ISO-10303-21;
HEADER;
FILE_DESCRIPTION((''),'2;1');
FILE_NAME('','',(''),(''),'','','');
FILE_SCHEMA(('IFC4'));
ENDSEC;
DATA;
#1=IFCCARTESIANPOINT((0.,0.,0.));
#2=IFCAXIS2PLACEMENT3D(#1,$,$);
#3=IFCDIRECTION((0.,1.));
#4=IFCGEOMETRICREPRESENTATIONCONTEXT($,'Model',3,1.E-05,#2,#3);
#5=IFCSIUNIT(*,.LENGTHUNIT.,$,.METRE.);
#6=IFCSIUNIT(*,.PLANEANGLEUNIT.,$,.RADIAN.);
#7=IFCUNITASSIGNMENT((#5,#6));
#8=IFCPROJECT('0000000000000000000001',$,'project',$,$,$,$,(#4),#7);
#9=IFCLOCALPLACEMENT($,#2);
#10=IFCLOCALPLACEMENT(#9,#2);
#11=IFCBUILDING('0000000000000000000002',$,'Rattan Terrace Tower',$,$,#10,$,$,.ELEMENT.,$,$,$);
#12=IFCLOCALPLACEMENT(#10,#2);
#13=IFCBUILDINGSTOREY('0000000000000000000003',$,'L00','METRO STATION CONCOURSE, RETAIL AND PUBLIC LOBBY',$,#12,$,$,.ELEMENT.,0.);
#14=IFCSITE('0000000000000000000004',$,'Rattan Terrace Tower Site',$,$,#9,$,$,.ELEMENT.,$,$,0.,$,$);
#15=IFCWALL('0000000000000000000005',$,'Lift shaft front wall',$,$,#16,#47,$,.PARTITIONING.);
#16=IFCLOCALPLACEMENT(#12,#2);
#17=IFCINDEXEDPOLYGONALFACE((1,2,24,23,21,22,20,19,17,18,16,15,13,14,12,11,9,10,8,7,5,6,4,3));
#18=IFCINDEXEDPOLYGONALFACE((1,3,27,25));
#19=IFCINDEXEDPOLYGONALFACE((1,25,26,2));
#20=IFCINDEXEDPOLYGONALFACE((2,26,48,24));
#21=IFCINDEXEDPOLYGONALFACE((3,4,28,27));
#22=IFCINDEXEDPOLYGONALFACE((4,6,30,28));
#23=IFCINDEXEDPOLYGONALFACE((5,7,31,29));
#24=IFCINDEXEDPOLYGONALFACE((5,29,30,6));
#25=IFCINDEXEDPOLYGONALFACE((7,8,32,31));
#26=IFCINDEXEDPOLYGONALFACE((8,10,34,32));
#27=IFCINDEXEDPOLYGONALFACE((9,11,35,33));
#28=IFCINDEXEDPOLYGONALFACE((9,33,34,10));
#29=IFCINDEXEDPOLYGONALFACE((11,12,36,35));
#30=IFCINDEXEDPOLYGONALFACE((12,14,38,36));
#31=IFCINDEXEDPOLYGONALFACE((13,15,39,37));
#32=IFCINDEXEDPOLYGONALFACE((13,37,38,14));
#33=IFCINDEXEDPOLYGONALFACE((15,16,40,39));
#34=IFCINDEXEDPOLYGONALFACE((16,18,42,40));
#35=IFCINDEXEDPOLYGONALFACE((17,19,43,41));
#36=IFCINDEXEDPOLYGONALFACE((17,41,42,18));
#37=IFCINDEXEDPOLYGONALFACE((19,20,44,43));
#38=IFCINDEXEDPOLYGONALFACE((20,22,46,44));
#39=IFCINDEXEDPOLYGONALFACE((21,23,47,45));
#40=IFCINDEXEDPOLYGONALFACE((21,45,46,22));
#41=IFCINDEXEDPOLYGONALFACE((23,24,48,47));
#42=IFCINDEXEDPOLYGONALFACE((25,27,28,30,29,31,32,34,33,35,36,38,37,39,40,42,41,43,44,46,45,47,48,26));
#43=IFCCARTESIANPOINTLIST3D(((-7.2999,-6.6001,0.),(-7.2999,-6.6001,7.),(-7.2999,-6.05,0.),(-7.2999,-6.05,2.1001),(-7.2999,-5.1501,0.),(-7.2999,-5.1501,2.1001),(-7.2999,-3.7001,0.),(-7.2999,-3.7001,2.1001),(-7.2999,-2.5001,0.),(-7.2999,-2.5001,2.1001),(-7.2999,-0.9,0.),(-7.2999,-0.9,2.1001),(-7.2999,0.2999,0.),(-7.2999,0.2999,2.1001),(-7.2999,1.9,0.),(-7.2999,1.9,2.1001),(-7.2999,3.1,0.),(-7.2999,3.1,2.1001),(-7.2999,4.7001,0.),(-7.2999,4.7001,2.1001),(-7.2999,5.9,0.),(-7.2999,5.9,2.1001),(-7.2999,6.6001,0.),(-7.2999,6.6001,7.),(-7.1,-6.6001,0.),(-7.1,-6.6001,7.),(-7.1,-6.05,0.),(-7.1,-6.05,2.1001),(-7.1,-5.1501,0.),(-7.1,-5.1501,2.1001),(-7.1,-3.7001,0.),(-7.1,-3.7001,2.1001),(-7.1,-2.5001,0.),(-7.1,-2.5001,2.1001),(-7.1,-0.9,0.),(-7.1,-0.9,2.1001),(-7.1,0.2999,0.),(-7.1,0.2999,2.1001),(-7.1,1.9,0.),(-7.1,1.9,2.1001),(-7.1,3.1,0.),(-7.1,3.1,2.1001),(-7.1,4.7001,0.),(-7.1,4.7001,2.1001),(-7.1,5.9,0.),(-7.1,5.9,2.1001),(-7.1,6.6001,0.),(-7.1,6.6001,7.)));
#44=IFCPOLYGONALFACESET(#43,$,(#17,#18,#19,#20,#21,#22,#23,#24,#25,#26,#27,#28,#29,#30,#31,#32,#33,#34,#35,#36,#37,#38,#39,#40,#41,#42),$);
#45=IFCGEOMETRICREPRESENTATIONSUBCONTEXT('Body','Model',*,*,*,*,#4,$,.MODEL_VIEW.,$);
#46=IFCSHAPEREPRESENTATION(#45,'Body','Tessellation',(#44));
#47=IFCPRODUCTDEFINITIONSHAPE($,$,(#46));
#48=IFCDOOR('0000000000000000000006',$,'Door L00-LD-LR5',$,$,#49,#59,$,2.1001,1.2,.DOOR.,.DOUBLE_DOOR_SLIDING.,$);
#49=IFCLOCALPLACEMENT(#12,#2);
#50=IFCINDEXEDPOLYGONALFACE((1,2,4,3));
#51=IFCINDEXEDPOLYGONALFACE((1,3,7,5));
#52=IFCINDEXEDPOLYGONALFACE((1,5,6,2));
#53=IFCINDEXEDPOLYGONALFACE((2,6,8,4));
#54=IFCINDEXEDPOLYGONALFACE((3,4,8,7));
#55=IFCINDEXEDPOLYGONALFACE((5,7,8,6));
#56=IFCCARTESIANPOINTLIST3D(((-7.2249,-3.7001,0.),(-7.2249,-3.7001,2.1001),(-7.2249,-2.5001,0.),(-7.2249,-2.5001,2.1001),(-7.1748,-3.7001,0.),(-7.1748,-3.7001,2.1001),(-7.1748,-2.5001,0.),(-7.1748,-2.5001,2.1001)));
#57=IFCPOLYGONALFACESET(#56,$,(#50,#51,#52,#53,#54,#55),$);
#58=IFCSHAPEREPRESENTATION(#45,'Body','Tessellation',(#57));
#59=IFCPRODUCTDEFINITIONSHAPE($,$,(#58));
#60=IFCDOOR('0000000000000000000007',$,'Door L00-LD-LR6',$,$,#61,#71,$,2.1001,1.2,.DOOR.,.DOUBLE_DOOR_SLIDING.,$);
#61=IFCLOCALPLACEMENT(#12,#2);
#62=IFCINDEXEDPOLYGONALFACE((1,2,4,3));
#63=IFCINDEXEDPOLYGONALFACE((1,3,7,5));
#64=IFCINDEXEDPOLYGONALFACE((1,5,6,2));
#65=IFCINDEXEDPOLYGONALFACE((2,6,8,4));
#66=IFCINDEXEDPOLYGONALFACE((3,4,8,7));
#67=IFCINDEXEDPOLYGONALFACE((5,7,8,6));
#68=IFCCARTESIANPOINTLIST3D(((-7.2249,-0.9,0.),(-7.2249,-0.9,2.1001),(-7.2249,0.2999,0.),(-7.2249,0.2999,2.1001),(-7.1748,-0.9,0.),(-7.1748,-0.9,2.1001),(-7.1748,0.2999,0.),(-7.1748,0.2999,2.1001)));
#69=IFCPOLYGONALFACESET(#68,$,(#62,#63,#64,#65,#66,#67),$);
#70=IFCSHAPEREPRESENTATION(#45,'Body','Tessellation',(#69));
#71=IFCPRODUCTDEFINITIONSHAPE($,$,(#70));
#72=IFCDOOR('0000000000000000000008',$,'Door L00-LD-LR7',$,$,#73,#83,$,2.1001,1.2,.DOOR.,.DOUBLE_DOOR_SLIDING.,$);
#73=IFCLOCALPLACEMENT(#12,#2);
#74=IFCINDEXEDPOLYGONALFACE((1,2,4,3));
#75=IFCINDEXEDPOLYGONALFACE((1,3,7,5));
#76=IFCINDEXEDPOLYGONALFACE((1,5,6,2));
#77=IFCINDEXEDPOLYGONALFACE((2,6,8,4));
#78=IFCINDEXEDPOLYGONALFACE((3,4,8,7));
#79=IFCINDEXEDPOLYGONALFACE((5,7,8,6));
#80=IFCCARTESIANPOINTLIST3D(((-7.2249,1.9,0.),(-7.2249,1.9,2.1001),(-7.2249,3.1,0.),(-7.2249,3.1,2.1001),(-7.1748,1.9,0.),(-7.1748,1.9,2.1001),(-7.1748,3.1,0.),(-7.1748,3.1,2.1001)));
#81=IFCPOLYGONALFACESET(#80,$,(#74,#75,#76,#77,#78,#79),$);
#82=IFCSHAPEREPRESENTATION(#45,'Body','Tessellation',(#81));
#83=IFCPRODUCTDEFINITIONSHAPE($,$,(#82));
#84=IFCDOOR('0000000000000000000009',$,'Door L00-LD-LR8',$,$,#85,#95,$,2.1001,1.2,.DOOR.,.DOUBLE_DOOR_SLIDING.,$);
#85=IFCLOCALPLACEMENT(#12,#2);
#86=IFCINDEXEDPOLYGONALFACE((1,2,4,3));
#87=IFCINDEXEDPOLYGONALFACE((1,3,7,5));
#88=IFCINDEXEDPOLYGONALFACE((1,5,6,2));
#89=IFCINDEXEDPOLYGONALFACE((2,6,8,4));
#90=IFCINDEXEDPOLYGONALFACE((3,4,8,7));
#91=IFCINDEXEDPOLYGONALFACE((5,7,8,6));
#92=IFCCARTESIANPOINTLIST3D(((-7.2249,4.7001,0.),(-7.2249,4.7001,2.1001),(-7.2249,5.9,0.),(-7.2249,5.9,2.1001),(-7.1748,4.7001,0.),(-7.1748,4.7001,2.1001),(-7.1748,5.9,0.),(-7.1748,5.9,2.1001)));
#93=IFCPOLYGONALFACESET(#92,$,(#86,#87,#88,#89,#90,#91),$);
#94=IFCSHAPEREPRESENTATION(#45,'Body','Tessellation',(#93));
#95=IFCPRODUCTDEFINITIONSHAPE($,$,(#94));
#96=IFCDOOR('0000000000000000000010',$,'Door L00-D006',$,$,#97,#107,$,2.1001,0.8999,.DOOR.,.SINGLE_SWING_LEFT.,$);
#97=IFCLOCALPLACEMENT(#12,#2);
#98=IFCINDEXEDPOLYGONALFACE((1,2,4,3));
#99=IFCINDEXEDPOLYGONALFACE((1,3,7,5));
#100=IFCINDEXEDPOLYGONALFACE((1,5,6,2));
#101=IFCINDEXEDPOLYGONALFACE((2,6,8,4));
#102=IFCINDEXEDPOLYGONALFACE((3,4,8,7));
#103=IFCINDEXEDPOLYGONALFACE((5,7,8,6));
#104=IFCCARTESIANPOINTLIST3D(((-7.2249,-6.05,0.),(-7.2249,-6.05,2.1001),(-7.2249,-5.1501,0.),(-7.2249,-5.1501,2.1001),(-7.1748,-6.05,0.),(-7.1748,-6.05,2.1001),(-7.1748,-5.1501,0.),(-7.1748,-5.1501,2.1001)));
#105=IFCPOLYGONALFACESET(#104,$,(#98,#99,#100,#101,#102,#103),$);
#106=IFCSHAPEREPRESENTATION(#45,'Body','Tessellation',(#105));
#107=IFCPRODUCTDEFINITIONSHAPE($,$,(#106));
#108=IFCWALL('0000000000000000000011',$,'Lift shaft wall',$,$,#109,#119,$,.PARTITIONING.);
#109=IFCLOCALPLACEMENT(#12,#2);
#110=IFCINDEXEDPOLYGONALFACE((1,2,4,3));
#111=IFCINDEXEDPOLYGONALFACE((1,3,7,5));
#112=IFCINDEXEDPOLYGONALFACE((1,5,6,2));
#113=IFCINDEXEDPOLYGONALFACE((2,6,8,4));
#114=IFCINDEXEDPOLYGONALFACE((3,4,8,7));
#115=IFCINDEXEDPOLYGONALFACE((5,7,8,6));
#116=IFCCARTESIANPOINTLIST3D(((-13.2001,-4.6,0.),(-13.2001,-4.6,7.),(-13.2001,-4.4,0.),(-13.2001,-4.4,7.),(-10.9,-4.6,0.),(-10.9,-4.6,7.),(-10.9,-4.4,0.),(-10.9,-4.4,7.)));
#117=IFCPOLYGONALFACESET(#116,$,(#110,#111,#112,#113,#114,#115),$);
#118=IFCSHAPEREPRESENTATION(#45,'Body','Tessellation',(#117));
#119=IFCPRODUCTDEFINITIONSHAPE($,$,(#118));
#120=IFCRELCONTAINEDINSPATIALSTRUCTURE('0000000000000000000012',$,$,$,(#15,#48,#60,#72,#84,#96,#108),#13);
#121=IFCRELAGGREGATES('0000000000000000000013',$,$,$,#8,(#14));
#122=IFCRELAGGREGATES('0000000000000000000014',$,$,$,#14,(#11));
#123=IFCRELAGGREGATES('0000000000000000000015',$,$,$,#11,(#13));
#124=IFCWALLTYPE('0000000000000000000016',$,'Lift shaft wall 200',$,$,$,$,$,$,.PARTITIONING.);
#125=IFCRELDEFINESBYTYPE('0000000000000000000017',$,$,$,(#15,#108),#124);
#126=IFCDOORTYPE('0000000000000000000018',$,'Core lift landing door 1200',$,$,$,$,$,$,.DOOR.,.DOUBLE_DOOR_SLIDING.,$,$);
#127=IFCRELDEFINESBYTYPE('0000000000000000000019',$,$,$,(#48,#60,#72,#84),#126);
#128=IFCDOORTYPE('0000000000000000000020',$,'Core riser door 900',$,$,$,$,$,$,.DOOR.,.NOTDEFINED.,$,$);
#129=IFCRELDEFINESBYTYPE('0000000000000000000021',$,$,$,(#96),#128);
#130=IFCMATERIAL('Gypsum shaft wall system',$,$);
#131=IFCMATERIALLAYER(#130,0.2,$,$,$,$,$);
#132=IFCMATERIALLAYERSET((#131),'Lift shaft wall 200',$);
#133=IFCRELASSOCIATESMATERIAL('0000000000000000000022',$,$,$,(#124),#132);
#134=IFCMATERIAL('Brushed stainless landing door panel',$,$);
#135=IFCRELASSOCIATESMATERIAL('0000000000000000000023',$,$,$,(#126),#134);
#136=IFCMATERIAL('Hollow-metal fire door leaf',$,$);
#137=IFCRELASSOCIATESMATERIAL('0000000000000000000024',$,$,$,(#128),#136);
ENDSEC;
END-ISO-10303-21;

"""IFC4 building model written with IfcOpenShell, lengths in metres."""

from ifc_helpers import new_model, si_unit, direction, frame, frame_2d, origin, place, context, subcontext, project, spatial, rectangle, extrude, material, layer, layer_set, type_object, element, fill, save


model = new_model("IFC4")

# Units and contexts
model_context = context("Model", 3, precision=1e-05, world=origin(), true_north=direction((0.0, 1.0)))
body_context = subcontext(model_context, "Body", "Model", "MODEL_VIEW")
ifc_project = project(units=[si_unit("LENGTHUNIT", "METRE"), si_unit("PLANEANGLEUNIT", "RADIAN")], contexts=[model_context])

# Site, building, storey
site_placement = place(None, origin())
site = spatial("IfcSite", under=ifc_project, at=site_placement, Name="Rattan Terrace Tower Site", CompositionType="ELEMENT", RefElevation=0.0)
building_placement = place(site_placement, origin())
building = spatial("IfcBuilding", under=site, at=building_placement, Name="Rattan Terrace Tower", CompositionType="ELEMENT")
storey_placement = place(building_placement, origin())
storey = spatial("IfcBuildingStorey", under=building, at=storey_placement, Name="L00", Description="METRO STATION CONCOURSE, RETAIL AND PUBLIC LOBBY", CompositionType="ELEMENT", Elevation=0.0)

# Wall, openings, doors
ifc_material_1 = material(Name="Gypsum shaft wall system")
ifc_layer_1 = layer(ifc_material_1, 0.2)
ifc_layer_set_1 = layer_set([ifc_layer_1], Name="Lift shaft wall 200")
wall_type_1 = type_object("IfcWallType", Name="Lift shaft wall 200", PredefinedType="PARTITIONING", material=ifc_layer_set_1)
ifc_material_2 = material(Name="Brushed stainless landing door panel")
door_type_1 = type_object("IfcDoorType", Name="Core lift landing door 1200", OperationType="DOUBLE_DOOR_SLIDING", PredefinedType="DOOR", material=ifc_material_2)
ifc_material_3 = material(Name="Hollow-metal fire door leaf")
door_type_2 = type_object("IfcDoorType", Name="Core riser door 900", OperationType="NOTDEFINED", PredefinedType="DOOR", material=ifc_material_3)
wall_1_placement = place(storey_placement, frame((-7.2, -6.6001, 0.0), z_axis=(0.0, 0.0, 1.0), x_axis=(0.0, 1.0, 0.0)))
wall_1 = element("IfcWall", 1, at=wall_1_placement, inside=storey, type_object=wall_type_1, Name="Lift shaft front wall", PredefinedType="PARTITIONING", context=body_context, shape_type="SweptSolid", body=[
    extrude(rectangle(XDim=13.2002, YDim=0.2, at=frame_2d((6.6001, 0.0))), origin(), (0.0, 0.0, 1.0), 7.0),
])
opening_1_placement = place(wall_1_placement, frame((0.55, 0.0, 0.0)))
opening_1 = element("IfcOpeningElement", 2, at=opening_1_placement, cuts=wall_1, PredefinedType="OPENING", context=body_context, shape_type="SweptSolid", body=[
    extrude(rectangle(XDim=0.8999, YDim=2.1001, at=frame_2d((0.45, 1.05))), frame((0.0, 0.1106, 0.0), z_axis=(0.0, -1.0, 0.0), x_axis=(1.0, 0.0, 0.0)), (0.0, 0.0, 1.0), 0.2209),
])
opening_2_placement = place(wall_1_placement, frame((2.8999, 0.0, 0.0)))
opening_2 = element("IfcOpeningElement", 3, at=opening_2_placement, cuts=wall_1, PredefinedType="OPENING", context=body_context, shape_type="SweptSolid", body=[
    extrude(rectangle(XDim=1.2, YDim=2.1001, at=frame_2d((0.6001, 1.05))), frame((0.0, 0.1106, 0.0), z_axis=(0.0, -1.0, 0.0), x_axis=(1.0, 0.0, 0.0)), (0.0, 0.0, 1.0), 0.2209),
])
opening_3_placement = place(wall_1_placement, frame((5.7, 0.0, 0.0)))
opening_3 = element("IfcOpeningElement", 4, at=opening_3_placement, cuts=wall_1, PredefinedType="OPENING", context=body_context, shape_type="SweptSolid", body=[
    extrude(rectangle(XDim=1.2, YDim=2.1001, at=frame_2d((0.6001, 1.05))), frame((0.0, 0.1106, 0.0), z_axis=(0.0, -1.0, 0.0), x_axis=(1.0, 0.0, 0.0)), (0.0, 0.0, 1.0), 0.2209),
])
opening_4_placement = place(wall_1_placement, frame((8.5, 0.0, 0.0)))
opening_4 = element("IfcOpeningElement", 5, at=opening_4_placement, cuts=wall_1, PredefinedType="OPENING", context=body_context, shape_type="SweptSolid", body=[
    extrude(rectangle(XDim=1.2, YDim=2.1001, at=frame_2d((0.6001, 1.05))), frame((0.0, 0.1106, 0.0), z_axis=(0.0, -1.0, 0.0), x_axis=(1.0, 0.0, 0.0)), (0.0, 0.0, 1.0), 0.2209),
])
opening_5_placement = place(wall_1_placement, frame((11.3, 0.0, 0.0)))
opening_5 = element("IfcOpeningElement", 6, at=opening_5_placement, cuts=wall_1, PredefinedType="OPENING", context=body_context, shape_type="SweptSolid", body=[
    extrude(rectangle(XDim=1.2, YDim=2.1001, at=frame_2d((0.6001, 1.05))), frame((0.0, 0.1106, 0.0), z_axis=(0.0, -1.0, 0.0), x_axis=(1.0, 0.0, 0.0)), (0.0, 0.0, 1.0), 0.2209),
])
door_1_placement = place(opening_2_placement, origin())
door_1 = element("IfcDoor", 7, at=door_1_placement, inside=storey, type_object=door_type_1, Name="Door L00-LD-LR5", OperationType="DOUBLE_DOOR_SLIDING", OverallHeight=2.1001, OverallWidth=1.2, PredefinedType="DOOR", context=body_context, shape_type="SweptSolid", body=[
    extrude(rectangle(XDim=1.2, YDim=2.1001, at=frame_2d((0.6001, 1.05))), frame((0.0, 0.0249, 0.0), z_axis=(0.0, -1.0, 0.0), x_axis=(1.0, 0.0, 0.0)), (0.0, 0.0, 1.0), 0.05),
])
fill(opening_2, door_1)
door_2_placement = place(opening_3_placement, origin())
door_2 = element("IfcDoor", 8, at=door_2_placement, inside=storey, type_object=door_type_1, Name="Door L00-LD-LR6", OperationType="DOUBLE_DOOR_SLIDING", OverallHeight=2.1001, OverallWidth=1.2, PredefinedType="DOOR", context=body_context, shape_type="SweptSolid", body=[
    extrude(rectangle(XDim=1.2, YDim=2.1001, at=frame_2d((0.6001, 1.05))), frame((0.0, 0.0249, 0.0), z_axis=(0.0, -1.0, 0.0), x_axis=(1.0, 0.0, 0.0)), (0.0, 0.0, 1.0), 0.05),
])
fill(opening_3, door_2)
door_3_placement = place(opening_4_placement, origin())
door_3 = element("IfcDoor", 9, at=door_3_placement, inside=storey, type_object=door_type_1, Name="Door L00-LD-LR7", OperationType="DOUBLE_DOOR_SLIDING", OverallHeight=2.1001, OverallWidth=1.2, PredefinedType="DOOR", context=body_context, shape_type="SweptSolid", body=[
    extrude(rectangle(XDim=1.2, YDim=2.1001, at=frame_2d((0.6001, 1.05))), frame((0.0, 0.0249, 0.0), z_axis=(0.0, -1.0, 0.0), x_axis=(1.0, 0.0, 0.0)), (0.0, 0.0, 1.0), 0.05),
])
fill(opening_4, door_3)
door_4_placement = place(opening_5_placement, origin())
door_4 = element("IfcDoor", 10, at=door_4_placement, inside=storey, type_object=door_type_1, Name="Door L00-LD-LR8", OperationType="DOUBLE_DOOR_SLIDING", OverallHeight=2.1001, OverallWidth=1.2, PredefinedType="DOOR", context=body_context, shape_type="SweptSolid", body=[
    extrude(rectangle(XDim=1.2, YDim=2.1001, at=frame_2d((0.6001, 1.05))), frame((0.0, 0.0249, 0.0), z_axis=(0.0, -1.0, 0.0), x_axis=(1.0, 0.0, 0.0)), (0.0, 0.0, 1.0), 0.05),
])
fill(opening_5, door_4)
door_5_placement = place(opening_1_placement, origin())
door_5 = element("IfcDoor", 11, at=door_5_placement, inside=storey, type_object=door_type_2, Name="Door L00-D006", OperationType="SINGLE_SWING_LEFT", OverallHeight=2.1001, OverallWidth=0.8999, PredefinedType="DOOR", context=body_context, shape_type="SweptSolid", body=[
    extrude(rectangle(XDim=0.8999, YDim=2.1001, at=frame_2d((0.45, 1.05))), frame((0.0, 0.0249, 0.0), z_axis=(0.0, -1.0, 0.0), x_axis=(1.0, 0.0, 0.0)), (0.0, 0.0, 1.0), 0.05),
])
fill(opening_1, door_5)

# Wall
wall_2_placement = place(storey_placement, frame((-13.2, -4.5, 0.0), z_axis=(0.0, 0.0, 1.0), x_axis=(1.0, 0.0, 0.0)))
element("IfcWall", 12, at=wall_2_placement, inside=storey, type_object=wall_type_1, Name="Lift shaft wall", PredefinedType="PARTITIONING", context=body_context, shape_type="SweptSolid", body=[
    extrude(rectangle(XDim=2.3, YDim=0.2, at=frame_2d((1.1499, 0.0))), origin(), (0.0, 0.0, 1.0), 7.0),
])

save(model, "model.ifc")
